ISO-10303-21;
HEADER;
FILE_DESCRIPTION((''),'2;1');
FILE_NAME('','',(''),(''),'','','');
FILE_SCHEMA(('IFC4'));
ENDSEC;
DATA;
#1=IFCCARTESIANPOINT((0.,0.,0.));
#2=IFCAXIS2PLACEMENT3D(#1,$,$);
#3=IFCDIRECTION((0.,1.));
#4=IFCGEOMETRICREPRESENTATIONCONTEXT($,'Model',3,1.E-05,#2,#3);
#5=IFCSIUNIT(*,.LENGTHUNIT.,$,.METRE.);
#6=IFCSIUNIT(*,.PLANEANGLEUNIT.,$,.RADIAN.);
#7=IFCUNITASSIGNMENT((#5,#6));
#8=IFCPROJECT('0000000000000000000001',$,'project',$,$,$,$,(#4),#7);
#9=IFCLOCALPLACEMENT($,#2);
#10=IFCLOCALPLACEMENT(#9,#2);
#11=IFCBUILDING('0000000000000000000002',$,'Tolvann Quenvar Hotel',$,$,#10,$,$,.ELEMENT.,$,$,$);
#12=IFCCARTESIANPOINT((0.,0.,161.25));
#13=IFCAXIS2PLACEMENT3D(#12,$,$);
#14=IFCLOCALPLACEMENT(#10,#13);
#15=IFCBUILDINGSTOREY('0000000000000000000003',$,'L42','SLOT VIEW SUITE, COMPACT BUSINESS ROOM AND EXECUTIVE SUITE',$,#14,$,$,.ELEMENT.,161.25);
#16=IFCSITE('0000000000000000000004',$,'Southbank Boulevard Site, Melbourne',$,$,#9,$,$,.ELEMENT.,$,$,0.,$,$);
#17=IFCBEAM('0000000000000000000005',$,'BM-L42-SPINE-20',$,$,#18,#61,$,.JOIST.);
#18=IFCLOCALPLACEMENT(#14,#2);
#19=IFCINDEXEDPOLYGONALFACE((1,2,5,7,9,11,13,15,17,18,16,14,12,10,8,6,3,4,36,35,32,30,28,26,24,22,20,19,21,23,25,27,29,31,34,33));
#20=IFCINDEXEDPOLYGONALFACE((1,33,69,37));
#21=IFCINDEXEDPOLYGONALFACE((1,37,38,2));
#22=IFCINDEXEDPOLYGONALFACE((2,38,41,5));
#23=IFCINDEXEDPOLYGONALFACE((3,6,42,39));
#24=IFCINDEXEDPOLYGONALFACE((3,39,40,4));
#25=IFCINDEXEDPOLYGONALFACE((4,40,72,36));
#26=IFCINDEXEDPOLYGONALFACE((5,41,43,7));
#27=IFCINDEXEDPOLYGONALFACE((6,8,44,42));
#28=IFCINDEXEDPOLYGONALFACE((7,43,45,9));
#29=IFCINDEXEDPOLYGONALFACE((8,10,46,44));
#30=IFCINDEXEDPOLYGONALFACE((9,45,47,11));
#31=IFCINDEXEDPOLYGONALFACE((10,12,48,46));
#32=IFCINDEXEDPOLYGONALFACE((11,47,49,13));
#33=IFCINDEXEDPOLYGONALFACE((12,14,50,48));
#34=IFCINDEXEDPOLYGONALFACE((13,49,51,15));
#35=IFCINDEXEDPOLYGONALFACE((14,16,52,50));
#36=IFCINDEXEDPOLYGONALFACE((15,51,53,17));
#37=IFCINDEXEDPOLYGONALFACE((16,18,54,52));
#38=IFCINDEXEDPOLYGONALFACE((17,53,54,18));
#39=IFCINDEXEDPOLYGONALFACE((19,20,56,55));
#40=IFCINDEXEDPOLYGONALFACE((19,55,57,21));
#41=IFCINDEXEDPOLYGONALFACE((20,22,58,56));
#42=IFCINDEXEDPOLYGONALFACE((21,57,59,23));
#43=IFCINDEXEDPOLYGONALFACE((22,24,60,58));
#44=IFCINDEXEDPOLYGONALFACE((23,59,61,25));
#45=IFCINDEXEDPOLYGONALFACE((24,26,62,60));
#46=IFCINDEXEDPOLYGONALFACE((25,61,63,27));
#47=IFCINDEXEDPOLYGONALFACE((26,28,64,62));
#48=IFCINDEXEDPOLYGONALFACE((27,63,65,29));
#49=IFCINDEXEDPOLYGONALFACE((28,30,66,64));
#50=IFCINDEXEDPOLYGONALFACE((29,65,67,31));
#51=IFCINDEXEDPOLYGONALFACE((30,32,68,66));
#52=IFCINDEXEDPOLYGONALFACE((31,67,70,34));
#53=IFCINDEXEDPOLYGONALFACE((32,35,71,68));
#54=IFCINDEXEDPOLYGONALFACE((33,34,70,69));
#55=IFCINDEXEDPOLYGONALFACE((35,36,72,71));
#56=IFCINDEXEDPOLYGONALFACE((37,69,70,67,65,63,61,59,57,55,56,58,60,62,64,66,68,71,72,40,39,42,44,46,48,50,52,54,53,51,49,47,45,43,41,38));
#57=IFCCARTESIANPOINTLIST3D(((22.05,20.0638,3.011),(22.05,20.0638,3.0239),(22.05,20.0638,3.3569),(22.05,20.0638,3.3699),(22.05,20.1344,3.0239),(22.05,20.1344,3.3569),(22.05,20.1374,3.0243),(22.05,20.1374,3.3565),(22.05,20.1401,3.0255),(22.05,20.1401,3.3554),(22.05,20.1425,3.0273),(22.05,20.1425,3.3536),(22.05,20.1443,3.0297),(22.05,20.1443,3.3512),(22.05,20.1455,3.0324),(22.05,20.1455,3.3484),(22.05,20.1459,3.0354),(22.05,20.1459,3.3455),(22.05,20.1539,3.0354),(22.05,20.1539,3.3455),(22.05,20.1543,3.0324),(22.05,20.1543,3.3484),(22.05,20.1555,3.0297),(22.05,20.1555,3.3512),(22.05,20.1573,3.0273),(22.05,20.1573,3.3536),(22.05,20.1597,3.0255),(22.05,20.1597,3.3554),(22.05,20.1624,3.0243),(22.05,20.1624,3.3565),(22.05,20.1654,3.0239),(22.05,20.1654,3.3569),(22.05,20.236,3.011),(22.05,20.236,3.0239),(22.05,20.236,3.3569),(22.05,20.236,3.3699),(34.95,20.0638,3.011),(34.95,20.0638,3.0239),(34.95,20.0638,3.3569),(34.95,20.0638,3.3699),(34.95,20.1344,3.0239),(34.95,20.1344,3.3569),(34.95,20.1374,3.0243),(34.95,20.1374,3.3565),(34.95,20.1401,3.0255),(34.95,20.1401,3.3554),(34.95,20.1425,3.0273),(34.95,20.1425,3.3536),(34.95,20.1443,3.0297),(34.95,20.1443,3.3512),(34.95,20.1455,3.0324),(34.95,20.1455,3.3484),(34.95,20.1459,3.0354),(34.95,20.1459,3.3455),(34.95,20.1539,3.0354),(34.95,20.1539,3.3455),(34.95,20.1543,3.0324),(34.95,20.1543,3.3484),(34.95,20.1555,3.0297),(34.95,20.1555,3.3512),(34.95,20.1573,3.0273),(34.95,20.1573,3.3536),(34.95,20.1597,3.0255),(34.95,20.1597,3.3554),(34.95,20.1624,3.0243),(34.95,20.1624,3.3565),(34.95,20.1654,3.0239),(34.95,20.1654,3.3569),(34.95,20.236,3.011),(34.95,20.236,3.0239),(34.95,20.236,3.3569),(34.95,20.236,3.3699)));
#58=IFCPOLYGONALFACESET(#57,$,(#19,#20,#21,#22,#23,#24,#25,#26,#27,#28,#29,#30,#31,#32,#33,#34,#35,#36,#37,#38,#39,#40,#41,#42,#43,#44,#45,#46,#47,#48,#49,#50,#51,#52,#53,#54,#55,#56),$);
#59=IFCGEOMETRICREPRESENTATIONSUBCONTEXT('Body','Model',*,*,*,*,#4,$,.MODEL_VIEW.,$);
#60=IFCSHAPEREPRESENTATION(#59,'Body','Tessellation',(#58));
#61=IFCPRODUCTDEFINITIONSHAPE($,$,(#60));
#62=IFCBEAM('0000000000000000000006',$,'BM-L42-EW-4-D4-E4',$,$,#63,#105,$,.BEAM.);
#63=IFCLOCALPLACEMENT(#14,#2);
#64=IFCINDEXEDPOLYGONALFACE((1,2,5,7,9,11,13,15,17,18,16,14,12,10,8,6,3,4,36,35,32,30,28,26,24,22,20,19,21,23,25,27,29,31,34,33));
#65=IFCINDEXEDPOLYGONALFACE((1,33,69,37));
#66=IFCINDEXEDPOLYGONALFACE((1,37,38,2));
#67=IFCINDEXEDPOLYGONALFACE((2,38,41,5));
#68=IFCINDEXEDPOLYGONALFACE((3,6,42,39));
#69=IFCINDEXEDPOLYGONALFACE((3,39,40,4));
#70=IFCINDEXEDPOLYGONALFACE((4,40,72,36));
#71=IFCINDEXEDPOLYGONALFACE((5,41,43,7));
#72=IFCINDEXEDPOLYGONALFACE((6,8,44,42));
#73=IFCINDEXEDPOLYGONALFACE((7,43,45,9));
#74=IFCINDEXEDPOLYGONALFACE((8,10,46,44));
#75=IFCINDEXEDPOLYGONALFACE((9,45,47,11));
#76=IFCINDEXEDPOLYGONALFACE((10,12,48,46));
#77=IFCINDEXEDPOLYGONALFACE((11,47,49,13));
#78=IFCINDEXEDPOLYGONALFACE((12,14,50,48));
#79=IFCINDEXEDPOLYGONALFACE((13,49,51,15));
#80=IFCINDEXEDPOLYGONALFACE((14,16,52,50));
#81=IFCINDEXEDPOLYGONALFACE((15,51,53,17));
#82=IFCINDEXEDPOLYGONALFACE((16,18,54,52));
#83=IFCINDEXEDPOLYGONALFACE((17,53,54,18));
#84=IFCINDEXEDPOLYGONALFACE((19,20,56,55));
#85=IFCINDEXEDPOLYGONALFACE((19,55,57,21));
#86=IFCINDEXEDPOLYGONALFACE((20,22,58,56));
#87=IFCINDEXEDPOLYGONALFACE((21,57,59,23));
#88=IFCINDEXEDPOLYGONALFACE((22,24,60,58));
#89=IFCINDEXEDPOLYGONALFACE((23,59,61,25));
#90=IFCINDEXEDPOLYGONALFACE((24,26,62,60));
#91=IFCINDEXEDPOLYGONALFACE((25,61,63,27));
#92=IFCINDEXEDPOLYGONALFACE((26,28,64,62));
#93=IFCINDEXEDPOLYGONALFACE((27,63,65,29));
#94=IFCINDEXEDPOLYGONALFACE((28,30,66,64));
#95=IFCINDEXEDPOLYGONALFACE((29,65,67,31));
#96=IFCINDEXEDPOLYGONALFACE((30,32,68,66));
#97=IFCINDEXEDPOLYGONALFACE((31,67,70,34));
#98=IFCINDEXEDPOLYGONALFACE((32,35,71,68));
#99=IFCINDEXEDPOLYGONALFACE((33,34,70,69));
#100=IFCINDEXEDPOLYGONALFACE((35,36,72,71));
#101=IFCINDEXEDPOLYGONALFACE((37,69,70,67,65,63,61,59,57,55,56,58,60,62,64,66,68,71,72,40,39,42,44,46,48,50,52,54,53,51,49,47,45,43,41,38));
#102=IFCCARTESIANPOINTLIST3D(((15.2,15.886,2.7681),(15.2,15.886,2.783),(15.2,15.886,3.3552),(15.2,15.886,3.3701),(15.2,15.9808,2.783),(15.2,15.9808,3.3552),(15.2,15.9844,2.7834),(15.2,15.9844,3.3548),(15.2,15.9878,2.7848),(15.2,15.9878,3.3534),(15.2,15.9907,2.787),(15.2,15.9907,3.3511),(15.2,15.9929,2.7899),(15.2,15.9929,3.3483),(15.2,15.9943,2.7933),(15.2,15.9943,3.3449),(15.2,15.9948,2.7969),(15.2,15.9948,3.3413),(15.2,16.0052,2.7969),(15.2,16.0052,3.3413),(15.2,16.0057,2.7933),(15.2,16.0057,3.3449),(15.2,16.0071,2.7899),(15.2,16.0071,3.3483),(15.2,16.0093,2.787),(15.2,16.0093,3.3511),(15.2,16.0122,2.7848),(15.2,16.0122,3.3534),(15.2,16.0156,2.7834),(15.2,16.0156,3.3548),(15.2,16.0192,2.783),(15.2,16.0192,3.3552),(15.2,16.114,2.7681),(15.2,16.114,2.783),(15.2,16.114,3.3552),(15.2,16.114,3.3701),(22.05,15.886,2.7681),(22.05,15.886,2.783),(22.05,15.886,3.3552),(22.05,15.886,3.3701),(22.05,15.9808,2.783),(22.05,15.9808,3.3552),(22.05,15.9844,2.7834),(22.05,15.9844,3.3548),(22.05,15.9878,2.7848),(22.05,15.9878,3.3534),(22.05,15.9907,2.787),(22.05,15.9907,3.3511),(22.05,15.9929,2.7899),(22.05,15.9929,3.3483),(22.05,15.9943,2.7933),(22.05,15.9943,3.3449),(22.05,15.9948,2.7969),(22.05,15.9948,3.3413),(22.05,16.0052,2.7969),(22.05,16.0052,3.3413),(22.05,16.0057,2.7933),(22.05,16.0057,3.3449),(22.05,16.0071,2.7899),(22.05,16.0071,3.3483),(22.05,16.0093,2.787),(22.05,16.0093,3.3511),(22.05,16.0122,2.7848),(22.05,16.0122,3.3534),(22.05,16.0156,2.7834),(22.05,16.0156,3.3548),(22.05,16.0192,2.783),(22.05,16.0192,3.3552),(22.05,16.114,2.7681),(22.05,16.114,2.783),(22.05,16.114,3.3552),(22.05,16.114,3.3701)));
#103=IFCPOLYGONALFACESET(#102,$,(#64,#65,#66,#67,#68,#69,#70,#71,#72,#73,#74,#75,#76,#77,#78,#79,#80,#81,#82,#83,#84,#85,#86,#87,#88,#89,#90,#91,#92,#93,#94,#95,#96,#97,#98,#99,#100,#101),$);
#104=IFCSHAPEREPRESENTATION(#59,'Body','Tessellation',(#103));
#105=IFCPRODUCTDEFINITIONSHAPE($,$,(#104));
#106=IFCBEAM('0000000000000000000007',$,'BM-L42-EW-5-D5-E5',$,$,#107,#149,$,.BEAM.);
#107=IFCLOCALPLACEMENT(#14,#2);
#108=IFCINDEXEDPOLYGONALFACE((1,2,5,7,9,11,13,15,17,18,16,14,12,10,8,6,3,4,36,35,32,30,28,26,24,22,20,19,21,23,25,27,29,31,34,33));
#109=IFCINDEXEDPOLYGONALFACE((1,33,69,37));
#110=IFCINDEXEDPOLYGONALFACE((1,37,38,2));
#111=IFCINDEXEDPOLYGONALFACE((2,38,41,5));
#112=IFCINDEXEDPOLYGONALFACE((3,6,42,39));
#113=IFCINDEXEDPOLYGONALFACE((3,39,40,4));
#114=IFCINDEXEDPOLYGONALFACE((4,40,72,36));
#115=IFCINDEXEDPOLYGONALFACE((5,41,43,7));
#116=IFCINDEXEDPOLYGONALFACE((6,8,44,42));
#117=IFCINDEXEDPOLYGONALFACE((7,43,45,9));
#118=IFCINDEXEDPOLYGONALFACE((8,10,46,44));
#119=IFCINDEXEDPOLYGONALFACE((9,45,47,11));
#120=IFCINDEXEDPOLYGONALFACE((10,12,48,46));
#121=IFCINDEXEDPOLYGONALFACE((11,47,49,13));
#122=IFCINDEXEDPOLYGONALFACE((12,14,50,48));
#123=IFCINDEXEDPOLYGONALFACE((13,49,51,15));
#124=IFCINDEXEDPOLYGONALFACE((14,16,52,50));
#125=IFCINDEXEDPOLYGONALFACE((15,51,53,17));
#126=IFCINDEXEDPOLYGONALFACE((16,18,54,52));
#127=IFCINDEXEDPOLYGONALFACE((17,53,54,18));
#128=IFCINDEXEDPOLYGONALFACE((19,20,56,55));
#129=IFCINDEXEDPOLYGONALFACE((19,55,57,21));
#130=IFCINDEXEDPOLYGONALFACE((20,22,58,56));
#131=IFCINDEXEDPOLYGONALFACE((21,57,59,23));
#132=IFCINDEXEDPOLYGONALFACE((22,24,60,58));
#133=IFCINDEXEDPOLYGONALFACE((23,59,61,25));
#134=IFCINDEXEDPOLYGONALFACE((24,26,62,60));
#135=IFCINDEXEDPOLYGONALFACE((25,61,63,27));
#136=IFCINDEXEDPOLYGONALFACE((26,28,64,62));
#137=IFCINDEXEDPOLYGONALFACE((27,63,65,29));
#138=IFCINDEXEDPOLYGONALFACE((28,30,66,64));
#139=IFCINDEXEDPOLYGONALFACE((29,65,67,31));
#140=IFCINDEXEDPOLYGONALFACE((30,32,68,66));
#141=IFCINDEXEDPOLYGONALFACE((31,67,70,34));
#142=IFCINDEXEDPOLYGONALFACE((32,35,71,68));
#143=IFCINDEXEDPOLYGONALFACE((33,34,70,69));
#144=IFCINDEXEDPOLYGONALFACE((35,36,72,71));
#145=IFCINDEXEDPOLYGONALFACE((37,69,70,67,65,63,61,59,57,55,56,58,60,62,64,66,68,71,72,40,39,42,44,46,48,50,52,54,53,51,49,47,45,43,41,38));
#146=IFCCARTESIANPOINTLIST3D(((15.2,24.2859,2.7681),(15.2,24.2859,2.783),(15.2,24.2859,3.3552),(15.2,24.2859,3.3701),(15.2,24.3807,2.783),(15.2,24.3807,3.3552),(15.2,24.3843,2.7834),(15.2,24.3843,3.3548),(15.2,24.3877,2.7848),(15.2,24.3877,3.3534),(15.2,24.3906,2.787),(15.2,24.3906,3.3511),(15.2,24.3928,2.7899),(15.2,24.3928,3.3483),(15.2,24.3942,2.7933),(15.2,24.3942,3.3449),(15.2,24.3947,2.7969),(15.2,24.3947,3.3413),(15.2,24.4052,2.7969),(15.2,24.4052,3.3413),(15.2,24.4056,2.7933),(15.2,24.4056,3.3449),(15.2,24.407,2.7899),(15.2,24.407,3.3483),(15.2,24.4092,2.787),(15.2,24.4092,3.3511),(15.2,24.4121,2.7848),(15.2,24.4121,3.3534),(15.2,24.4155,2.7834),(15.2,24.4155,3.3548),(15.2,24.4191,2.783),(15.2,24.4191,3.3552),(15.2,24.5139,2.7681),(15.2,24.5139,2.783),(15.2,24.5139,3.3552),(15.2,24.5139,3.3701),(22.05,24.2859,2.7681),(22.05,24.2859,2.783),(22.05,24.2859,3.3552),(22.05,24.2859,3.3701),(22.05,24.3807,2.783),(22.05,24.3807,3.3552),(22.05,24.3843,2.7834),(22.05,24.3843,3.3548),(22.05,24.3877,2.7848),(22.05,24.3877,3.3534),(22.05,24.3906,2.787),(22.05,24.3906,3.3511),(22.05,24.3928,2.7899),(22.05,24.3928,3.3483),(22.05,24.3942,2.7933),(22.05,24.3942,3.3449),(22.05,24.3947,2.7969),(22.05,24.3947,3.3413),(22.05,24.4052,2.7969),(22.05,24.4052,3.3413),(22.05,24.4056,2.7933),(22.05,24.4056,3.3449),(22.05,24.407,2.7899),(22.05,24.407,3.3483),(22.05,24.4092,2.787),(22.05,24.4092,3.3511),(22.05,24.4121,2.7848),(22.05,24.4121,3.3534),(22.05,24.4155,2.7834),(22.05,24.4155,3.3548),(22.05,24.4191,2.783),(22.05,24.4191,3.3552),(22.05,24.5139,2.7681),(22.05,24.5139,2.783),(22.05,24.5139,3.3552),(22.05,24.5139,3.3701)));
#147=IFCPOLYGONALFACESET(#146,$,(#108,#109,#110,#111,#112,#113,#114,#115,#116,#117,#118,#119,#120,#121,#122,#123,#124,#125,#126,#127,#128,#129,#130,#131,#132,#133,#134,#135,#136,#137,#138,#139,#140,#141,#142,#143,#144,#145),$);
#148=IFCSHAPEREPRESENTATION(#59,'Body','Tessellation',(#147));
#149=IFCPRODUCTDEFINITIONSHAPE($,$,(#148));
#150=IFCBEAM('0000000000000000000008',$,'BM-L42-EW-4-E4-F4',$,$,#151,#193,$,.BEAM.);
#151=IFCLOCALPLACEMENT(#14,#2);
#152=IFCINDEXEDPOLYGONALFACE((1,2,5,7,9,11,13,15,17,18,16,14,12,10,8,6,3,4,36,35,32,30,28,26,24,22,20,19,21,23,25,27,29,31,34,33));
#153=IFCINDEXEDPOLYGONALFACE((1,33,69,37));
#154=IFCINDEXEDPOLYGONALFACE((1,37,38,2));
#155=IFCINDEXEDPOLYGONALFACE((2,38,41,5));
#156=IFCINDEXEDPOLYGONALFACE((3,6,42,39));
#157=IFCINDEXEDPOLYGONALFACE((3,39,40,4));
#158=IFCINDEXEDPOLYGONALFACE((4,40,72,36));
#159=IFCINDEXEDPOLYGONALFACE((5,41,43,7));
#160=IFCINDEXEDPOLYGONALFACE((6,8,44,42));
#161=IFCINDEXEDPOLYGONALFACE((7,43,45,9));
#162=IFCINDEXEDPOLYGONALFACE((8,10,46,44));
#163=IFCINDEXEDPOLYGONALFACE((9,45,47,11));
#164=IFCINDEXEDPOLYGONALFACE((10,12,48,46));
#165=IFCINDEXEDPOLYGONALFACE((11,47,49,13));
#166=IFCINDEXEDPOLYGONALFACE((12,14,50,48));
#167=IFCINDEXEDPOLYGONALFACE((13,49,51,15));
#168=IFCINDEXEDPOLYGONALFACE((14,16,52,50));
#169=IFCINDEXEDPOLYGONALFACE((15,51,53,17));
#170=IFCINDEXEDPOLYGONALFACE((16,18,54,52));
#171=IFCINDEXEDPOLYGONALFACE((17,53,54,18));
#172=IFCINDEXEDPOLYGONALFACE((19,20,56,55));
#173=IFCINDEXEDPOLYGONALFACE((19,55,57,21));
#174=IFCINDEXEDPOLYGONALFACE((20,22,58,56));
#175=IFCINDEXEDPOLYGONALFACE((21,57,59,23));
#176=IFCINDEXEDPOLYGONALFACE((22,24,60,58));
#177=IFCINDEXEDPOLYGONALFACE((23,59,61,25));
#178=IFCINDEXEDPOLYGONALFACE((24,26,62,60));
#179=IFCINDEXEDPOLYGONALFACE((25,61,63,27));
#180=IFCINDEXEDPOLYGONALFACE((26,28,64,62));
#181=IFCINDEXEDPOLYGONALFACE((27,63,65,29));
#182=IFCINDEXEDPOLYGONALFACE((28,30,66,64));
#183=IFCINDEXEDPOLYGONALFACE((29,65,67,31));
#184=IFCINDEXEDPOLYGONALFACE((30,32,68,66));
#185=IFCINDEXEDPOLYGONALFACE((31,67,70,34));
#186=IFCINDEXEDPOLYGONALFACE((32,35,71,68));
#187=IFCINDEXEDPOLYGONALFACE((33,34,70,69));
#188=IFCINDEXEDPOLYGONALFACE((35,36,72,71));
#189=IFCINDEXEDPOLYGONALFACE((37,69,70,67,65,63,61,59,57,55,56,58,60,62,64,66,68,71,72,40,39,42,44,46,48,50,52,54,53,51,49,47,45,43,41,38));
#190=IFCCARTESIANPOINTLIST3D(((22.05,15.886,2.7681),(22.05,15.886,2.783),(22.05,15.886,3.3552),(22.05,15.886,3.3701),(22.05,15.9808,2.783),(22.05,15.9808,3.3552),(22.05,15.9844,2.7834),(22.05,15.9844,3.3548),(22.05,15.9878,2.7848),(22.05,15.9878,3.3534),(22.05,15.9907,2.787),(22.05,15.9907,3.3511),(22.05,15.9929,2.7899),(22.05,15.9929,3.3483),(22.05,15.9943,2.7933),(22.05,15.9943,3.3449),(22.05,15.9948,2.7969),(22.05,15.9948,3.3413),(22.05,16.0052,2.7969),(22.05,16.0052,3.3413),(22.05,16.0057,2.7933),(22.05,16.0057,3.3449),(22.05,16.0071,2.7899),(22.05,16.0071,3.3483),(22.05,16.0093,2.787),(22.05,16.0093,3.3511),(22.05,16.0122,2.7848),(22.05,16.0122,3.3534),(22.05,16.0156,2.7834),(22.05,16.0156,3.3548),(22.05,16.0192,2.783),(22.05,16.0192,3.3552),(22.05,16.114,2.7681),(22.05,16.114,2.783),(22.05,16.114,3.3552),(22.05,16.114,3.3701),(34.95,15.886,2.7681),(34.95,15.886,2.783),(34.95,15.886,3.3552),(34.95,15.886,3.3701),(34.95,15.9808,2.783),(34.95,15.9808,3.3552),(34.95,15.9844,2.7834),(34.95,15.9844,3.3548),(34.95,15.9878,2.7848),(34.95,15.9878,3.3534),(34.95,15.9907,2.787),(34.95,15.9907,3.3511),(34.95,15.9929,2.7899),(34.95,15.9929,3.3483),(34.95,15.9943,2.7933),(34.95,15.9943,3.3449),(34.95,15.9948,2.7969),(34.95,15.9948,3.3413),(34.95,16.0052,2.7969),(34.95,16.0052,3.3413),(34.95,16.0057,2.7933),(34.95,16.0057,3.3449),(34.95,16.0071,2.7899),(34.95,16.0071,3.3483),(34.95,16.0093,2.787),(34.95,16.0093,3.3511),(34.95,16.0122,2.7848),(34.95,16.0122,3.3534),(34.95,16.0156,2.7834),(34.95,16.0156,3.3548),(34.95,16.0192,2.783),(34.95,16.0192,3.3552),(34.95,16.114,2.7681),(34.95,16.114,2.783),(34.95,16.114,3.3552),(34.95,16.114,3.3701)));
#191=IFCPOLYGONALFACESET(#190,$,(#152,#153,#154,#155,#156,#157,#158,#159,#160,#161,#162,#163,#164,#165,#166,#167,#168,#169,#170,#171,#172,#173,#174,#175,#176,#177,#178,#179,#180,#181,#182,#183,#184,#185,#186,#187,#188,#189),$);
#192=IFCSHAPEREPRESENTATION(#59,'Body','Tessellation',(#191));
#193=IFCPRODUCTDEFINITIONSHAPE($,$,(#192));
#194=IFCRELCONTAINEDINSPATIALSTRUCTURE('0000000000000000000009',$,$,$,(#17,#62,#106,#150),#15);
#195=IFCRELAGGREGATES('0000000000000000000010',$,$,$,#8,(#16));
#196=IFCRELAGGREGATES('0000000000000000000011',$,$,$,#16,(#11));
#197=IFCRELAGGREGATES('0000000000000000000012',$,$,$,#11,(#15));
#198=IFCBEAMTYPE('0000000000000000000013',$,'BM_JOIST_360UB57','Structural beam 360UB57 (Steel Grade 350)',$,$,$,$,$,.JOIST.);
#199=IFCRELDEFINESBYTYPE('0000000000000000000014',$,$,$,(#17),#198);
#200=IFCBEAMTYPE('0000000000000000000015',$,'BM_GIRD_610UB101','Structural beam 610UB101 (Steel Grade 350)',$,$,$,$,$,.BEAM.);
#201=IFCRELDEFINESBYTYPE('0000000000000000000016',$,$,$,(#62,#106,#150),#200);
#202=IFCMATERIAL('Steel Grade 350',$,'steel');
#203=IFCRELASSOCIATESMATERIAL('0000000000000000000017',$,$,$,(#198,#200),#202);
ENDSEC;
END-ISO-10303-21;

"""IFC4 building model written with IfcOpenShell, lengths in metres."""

from ifc_helpers import new_model, si_unit, direction, frame, origin, origin_2d, place, context, subcontext, project, spatial, i_section, extrude, source, transform, mapped, material, material_profile, profile_set, type_object, type_shapes, element, save


model = new_model("IFC4")

# Units and contexts
model_context = context("Model", 3, precision=1e-05, world=origin(), true_north=direction((0.0, 1.0)))
body_context = subcontext(model_context, "Body", "Model", "MODEL_VIEW")
ifc_project = project(units=[si_unit("LENGTHUNIT", "METRE"), si_unit("PLANEANGLEUNIT", "RADIAN")], contexts=[model_context])

# Site, building, storey
site_placement = place(None, origin())
site = spatial("IfcSite", under=ifc_project, at=site_placement, Name="Southbank Boulevard Site, Melbourne", CompositionType="ELEMENT", RefElevation=0.0)
building_placement = place(site_placement, origin())
building = spatial("IfcBuilding", under=site, at=building_placement, Name="Tolvann Quenvar Hotel", CompositionType="ELEMENT")
storey_placement = place(building_placement, frame((0.0, 0.0, 161.25)))
storey = spatial("IfcBuildingStorey", under=building, at=storey_placement, Name="L42", Description="SLOT VIEW SUITE, COMPACT BUSINESS ROOM AND EXECUTIVE SUITE", CompositionType="ELEMENT", Elevation=161.25)

# Shared definitions
ifc_material_1 = material(Name="Steel Grade 350", Category="steel")

# Beams
ifc_material_profile_1 = material_profile(ifc_material_1, i_section(OverallWidth=0.1721, OverallDepth=0.3589, WebThickness=0.0081, FlangeThickness=0.0129, FilletRadius=0.0115, at=origin_2d()), Name="360UB57")
ifc_profile_set_1 = profile_set([ifc_material_profile_1], Name="Steel Grade 350")
beam_type_1 = type_object("IfcBeamType", Name="BM_JOIST_360UB57", Description="Structural beam 360UB57 (Steel Grade 350)", PredefinedType="JOIST", material=ifc_profile_set_1)
shared_shape_1 = source(origin(), body_context, "Body", "SweptSolid", [
    extrude(i_section(OverallWidth=0.1721, OverallDepth=0.3589, WebThickness=0.0081, FlangeThickness=0.0129, FilletRadius=0.0115, at=origin_2d()), origin(), (0.0, 0.0, 1.0), 12.8999),
])
type_shapes(beam_type_1, [shared_shape_1])
beam_1_placement = place(storey_placement, frame((22.05, 20.1499, 3.1904), z_axis=(1.0, 0.0, 0.0), x_axis=(0.0, 1.0, 0.0)))
element("IfcBeam", 1, at=beam_1_placement, inside=storey, type_object=beam_type_1, Name="BM-L42-SPINE-20", PredefinedType="JOIST", context=body_context, shape_type="MappedRepresentation", body=[
    mapped(shared_shape_1, transform((0.0, 0.0, 0.0), x_axis=(1.0, 0.0, 0.0), y_axis=(0.0, 1.0, 0.0), z_axis=(0.0, 0.0, 1.0), scale=1.0)),
])
ifc_material_profile_2 = material_profile(ifc_material_1, i_section(OverallWidth=0.228, OverallDepth=0.6021, WebThickness=0.0105, FlangeThickness=0.0149, FilletRadius=0.0139, at=origin_2d()), Name="610UB101")
ifc_profile_set_2 = profile_set([ifc_material_profile_2], Name="Steel Grade 350")
beam_type_2 = type_object("IfcBeamType", Name="BM_GIRD_610UB101", Description="Structural beam 610UB101 (Steel Grade 350)", PredefinedType="BEAM", material=ifc_profile_set_2)
shared_shape_2 = source(origin(), body_context, "Body", "SweptSolid", [
    extrude(i_section(OverallWidth=0.228, OverallDepth=0.6021, WebThickness=0.0105, FlangeThickness=0.0149, FilletRadius=0.0139, at=origin_2d()), origin(), (0.0, 0.0, 1.0), 6.8501),
])
for number, where, z_axis, x_axis, name in (
    (2, (15.2, 16.0, 3.0691), (1.0, 0.0, 0.0), (0.0, 1.0, 0.0), "BM-L42-EW-4-D4-E4"),
    (3, (15.2, 24.3999, 3.0691), (1.0, 0.0, 0.0), (0.0, 1.0, 0.0), "BM-L42-EW-5-D5-E5"),
):
    element("IfcBeam", number, at=place(storey_placement, frame(where, z_axis=z_axis, x_axis=x_axis)), inside=storey, type_object=beam_type_2, Name=name, PredefinedType="BEAM", context=body_context, shape_type="MappedRepresentation", body=[
        mapped(shared_shape_2, transform((0.0, 0.0, 0.0), x_axis=(1.0, 0.0, 0.0), y_axis=(0.0, 1.0, 0.0), z_axis=(0.0, 0.0, 1.0), scale=1.0)),
    ])
shared_shape_3 = source(origin(), body_context, "Body", "SweptSolid", [
    extrude(i_section(OverallWidth=0.228, OverallDepth=0.6021, WebThickness=0.0105, FlangeThickness=0.0149, FilletRadius=0.0139, at=origin_2d()), origin(), (0.0, 0.0, 1.0), 12.8999),
])
beam_2_placement = place(storey_placement, frame((22.05, 16.0, 3.0691), z_axis=(1.0, 0.0, 0.0), x_axis=(0.0, 1.0, 0.0)))
element("IfcBeam", 4, at=beam_2_placement, inside=storey, type_object=beam_type_2, Name="BM-L42-EW-4-E4-F4", PredefinedType="BEAM", context=body_context, shape_type="MappedRepresentation", body=[
    mapped(shared_shape_3, transform((0.0, 0.0, 0.0), x_axis=(1.0, 0.0, 0.0), y_axis=(0.0, 1.0, 0.0), z_axis=(0.0, 0.0, 1.0), scale=1.0)),
])

save(model, "model.ifc")
